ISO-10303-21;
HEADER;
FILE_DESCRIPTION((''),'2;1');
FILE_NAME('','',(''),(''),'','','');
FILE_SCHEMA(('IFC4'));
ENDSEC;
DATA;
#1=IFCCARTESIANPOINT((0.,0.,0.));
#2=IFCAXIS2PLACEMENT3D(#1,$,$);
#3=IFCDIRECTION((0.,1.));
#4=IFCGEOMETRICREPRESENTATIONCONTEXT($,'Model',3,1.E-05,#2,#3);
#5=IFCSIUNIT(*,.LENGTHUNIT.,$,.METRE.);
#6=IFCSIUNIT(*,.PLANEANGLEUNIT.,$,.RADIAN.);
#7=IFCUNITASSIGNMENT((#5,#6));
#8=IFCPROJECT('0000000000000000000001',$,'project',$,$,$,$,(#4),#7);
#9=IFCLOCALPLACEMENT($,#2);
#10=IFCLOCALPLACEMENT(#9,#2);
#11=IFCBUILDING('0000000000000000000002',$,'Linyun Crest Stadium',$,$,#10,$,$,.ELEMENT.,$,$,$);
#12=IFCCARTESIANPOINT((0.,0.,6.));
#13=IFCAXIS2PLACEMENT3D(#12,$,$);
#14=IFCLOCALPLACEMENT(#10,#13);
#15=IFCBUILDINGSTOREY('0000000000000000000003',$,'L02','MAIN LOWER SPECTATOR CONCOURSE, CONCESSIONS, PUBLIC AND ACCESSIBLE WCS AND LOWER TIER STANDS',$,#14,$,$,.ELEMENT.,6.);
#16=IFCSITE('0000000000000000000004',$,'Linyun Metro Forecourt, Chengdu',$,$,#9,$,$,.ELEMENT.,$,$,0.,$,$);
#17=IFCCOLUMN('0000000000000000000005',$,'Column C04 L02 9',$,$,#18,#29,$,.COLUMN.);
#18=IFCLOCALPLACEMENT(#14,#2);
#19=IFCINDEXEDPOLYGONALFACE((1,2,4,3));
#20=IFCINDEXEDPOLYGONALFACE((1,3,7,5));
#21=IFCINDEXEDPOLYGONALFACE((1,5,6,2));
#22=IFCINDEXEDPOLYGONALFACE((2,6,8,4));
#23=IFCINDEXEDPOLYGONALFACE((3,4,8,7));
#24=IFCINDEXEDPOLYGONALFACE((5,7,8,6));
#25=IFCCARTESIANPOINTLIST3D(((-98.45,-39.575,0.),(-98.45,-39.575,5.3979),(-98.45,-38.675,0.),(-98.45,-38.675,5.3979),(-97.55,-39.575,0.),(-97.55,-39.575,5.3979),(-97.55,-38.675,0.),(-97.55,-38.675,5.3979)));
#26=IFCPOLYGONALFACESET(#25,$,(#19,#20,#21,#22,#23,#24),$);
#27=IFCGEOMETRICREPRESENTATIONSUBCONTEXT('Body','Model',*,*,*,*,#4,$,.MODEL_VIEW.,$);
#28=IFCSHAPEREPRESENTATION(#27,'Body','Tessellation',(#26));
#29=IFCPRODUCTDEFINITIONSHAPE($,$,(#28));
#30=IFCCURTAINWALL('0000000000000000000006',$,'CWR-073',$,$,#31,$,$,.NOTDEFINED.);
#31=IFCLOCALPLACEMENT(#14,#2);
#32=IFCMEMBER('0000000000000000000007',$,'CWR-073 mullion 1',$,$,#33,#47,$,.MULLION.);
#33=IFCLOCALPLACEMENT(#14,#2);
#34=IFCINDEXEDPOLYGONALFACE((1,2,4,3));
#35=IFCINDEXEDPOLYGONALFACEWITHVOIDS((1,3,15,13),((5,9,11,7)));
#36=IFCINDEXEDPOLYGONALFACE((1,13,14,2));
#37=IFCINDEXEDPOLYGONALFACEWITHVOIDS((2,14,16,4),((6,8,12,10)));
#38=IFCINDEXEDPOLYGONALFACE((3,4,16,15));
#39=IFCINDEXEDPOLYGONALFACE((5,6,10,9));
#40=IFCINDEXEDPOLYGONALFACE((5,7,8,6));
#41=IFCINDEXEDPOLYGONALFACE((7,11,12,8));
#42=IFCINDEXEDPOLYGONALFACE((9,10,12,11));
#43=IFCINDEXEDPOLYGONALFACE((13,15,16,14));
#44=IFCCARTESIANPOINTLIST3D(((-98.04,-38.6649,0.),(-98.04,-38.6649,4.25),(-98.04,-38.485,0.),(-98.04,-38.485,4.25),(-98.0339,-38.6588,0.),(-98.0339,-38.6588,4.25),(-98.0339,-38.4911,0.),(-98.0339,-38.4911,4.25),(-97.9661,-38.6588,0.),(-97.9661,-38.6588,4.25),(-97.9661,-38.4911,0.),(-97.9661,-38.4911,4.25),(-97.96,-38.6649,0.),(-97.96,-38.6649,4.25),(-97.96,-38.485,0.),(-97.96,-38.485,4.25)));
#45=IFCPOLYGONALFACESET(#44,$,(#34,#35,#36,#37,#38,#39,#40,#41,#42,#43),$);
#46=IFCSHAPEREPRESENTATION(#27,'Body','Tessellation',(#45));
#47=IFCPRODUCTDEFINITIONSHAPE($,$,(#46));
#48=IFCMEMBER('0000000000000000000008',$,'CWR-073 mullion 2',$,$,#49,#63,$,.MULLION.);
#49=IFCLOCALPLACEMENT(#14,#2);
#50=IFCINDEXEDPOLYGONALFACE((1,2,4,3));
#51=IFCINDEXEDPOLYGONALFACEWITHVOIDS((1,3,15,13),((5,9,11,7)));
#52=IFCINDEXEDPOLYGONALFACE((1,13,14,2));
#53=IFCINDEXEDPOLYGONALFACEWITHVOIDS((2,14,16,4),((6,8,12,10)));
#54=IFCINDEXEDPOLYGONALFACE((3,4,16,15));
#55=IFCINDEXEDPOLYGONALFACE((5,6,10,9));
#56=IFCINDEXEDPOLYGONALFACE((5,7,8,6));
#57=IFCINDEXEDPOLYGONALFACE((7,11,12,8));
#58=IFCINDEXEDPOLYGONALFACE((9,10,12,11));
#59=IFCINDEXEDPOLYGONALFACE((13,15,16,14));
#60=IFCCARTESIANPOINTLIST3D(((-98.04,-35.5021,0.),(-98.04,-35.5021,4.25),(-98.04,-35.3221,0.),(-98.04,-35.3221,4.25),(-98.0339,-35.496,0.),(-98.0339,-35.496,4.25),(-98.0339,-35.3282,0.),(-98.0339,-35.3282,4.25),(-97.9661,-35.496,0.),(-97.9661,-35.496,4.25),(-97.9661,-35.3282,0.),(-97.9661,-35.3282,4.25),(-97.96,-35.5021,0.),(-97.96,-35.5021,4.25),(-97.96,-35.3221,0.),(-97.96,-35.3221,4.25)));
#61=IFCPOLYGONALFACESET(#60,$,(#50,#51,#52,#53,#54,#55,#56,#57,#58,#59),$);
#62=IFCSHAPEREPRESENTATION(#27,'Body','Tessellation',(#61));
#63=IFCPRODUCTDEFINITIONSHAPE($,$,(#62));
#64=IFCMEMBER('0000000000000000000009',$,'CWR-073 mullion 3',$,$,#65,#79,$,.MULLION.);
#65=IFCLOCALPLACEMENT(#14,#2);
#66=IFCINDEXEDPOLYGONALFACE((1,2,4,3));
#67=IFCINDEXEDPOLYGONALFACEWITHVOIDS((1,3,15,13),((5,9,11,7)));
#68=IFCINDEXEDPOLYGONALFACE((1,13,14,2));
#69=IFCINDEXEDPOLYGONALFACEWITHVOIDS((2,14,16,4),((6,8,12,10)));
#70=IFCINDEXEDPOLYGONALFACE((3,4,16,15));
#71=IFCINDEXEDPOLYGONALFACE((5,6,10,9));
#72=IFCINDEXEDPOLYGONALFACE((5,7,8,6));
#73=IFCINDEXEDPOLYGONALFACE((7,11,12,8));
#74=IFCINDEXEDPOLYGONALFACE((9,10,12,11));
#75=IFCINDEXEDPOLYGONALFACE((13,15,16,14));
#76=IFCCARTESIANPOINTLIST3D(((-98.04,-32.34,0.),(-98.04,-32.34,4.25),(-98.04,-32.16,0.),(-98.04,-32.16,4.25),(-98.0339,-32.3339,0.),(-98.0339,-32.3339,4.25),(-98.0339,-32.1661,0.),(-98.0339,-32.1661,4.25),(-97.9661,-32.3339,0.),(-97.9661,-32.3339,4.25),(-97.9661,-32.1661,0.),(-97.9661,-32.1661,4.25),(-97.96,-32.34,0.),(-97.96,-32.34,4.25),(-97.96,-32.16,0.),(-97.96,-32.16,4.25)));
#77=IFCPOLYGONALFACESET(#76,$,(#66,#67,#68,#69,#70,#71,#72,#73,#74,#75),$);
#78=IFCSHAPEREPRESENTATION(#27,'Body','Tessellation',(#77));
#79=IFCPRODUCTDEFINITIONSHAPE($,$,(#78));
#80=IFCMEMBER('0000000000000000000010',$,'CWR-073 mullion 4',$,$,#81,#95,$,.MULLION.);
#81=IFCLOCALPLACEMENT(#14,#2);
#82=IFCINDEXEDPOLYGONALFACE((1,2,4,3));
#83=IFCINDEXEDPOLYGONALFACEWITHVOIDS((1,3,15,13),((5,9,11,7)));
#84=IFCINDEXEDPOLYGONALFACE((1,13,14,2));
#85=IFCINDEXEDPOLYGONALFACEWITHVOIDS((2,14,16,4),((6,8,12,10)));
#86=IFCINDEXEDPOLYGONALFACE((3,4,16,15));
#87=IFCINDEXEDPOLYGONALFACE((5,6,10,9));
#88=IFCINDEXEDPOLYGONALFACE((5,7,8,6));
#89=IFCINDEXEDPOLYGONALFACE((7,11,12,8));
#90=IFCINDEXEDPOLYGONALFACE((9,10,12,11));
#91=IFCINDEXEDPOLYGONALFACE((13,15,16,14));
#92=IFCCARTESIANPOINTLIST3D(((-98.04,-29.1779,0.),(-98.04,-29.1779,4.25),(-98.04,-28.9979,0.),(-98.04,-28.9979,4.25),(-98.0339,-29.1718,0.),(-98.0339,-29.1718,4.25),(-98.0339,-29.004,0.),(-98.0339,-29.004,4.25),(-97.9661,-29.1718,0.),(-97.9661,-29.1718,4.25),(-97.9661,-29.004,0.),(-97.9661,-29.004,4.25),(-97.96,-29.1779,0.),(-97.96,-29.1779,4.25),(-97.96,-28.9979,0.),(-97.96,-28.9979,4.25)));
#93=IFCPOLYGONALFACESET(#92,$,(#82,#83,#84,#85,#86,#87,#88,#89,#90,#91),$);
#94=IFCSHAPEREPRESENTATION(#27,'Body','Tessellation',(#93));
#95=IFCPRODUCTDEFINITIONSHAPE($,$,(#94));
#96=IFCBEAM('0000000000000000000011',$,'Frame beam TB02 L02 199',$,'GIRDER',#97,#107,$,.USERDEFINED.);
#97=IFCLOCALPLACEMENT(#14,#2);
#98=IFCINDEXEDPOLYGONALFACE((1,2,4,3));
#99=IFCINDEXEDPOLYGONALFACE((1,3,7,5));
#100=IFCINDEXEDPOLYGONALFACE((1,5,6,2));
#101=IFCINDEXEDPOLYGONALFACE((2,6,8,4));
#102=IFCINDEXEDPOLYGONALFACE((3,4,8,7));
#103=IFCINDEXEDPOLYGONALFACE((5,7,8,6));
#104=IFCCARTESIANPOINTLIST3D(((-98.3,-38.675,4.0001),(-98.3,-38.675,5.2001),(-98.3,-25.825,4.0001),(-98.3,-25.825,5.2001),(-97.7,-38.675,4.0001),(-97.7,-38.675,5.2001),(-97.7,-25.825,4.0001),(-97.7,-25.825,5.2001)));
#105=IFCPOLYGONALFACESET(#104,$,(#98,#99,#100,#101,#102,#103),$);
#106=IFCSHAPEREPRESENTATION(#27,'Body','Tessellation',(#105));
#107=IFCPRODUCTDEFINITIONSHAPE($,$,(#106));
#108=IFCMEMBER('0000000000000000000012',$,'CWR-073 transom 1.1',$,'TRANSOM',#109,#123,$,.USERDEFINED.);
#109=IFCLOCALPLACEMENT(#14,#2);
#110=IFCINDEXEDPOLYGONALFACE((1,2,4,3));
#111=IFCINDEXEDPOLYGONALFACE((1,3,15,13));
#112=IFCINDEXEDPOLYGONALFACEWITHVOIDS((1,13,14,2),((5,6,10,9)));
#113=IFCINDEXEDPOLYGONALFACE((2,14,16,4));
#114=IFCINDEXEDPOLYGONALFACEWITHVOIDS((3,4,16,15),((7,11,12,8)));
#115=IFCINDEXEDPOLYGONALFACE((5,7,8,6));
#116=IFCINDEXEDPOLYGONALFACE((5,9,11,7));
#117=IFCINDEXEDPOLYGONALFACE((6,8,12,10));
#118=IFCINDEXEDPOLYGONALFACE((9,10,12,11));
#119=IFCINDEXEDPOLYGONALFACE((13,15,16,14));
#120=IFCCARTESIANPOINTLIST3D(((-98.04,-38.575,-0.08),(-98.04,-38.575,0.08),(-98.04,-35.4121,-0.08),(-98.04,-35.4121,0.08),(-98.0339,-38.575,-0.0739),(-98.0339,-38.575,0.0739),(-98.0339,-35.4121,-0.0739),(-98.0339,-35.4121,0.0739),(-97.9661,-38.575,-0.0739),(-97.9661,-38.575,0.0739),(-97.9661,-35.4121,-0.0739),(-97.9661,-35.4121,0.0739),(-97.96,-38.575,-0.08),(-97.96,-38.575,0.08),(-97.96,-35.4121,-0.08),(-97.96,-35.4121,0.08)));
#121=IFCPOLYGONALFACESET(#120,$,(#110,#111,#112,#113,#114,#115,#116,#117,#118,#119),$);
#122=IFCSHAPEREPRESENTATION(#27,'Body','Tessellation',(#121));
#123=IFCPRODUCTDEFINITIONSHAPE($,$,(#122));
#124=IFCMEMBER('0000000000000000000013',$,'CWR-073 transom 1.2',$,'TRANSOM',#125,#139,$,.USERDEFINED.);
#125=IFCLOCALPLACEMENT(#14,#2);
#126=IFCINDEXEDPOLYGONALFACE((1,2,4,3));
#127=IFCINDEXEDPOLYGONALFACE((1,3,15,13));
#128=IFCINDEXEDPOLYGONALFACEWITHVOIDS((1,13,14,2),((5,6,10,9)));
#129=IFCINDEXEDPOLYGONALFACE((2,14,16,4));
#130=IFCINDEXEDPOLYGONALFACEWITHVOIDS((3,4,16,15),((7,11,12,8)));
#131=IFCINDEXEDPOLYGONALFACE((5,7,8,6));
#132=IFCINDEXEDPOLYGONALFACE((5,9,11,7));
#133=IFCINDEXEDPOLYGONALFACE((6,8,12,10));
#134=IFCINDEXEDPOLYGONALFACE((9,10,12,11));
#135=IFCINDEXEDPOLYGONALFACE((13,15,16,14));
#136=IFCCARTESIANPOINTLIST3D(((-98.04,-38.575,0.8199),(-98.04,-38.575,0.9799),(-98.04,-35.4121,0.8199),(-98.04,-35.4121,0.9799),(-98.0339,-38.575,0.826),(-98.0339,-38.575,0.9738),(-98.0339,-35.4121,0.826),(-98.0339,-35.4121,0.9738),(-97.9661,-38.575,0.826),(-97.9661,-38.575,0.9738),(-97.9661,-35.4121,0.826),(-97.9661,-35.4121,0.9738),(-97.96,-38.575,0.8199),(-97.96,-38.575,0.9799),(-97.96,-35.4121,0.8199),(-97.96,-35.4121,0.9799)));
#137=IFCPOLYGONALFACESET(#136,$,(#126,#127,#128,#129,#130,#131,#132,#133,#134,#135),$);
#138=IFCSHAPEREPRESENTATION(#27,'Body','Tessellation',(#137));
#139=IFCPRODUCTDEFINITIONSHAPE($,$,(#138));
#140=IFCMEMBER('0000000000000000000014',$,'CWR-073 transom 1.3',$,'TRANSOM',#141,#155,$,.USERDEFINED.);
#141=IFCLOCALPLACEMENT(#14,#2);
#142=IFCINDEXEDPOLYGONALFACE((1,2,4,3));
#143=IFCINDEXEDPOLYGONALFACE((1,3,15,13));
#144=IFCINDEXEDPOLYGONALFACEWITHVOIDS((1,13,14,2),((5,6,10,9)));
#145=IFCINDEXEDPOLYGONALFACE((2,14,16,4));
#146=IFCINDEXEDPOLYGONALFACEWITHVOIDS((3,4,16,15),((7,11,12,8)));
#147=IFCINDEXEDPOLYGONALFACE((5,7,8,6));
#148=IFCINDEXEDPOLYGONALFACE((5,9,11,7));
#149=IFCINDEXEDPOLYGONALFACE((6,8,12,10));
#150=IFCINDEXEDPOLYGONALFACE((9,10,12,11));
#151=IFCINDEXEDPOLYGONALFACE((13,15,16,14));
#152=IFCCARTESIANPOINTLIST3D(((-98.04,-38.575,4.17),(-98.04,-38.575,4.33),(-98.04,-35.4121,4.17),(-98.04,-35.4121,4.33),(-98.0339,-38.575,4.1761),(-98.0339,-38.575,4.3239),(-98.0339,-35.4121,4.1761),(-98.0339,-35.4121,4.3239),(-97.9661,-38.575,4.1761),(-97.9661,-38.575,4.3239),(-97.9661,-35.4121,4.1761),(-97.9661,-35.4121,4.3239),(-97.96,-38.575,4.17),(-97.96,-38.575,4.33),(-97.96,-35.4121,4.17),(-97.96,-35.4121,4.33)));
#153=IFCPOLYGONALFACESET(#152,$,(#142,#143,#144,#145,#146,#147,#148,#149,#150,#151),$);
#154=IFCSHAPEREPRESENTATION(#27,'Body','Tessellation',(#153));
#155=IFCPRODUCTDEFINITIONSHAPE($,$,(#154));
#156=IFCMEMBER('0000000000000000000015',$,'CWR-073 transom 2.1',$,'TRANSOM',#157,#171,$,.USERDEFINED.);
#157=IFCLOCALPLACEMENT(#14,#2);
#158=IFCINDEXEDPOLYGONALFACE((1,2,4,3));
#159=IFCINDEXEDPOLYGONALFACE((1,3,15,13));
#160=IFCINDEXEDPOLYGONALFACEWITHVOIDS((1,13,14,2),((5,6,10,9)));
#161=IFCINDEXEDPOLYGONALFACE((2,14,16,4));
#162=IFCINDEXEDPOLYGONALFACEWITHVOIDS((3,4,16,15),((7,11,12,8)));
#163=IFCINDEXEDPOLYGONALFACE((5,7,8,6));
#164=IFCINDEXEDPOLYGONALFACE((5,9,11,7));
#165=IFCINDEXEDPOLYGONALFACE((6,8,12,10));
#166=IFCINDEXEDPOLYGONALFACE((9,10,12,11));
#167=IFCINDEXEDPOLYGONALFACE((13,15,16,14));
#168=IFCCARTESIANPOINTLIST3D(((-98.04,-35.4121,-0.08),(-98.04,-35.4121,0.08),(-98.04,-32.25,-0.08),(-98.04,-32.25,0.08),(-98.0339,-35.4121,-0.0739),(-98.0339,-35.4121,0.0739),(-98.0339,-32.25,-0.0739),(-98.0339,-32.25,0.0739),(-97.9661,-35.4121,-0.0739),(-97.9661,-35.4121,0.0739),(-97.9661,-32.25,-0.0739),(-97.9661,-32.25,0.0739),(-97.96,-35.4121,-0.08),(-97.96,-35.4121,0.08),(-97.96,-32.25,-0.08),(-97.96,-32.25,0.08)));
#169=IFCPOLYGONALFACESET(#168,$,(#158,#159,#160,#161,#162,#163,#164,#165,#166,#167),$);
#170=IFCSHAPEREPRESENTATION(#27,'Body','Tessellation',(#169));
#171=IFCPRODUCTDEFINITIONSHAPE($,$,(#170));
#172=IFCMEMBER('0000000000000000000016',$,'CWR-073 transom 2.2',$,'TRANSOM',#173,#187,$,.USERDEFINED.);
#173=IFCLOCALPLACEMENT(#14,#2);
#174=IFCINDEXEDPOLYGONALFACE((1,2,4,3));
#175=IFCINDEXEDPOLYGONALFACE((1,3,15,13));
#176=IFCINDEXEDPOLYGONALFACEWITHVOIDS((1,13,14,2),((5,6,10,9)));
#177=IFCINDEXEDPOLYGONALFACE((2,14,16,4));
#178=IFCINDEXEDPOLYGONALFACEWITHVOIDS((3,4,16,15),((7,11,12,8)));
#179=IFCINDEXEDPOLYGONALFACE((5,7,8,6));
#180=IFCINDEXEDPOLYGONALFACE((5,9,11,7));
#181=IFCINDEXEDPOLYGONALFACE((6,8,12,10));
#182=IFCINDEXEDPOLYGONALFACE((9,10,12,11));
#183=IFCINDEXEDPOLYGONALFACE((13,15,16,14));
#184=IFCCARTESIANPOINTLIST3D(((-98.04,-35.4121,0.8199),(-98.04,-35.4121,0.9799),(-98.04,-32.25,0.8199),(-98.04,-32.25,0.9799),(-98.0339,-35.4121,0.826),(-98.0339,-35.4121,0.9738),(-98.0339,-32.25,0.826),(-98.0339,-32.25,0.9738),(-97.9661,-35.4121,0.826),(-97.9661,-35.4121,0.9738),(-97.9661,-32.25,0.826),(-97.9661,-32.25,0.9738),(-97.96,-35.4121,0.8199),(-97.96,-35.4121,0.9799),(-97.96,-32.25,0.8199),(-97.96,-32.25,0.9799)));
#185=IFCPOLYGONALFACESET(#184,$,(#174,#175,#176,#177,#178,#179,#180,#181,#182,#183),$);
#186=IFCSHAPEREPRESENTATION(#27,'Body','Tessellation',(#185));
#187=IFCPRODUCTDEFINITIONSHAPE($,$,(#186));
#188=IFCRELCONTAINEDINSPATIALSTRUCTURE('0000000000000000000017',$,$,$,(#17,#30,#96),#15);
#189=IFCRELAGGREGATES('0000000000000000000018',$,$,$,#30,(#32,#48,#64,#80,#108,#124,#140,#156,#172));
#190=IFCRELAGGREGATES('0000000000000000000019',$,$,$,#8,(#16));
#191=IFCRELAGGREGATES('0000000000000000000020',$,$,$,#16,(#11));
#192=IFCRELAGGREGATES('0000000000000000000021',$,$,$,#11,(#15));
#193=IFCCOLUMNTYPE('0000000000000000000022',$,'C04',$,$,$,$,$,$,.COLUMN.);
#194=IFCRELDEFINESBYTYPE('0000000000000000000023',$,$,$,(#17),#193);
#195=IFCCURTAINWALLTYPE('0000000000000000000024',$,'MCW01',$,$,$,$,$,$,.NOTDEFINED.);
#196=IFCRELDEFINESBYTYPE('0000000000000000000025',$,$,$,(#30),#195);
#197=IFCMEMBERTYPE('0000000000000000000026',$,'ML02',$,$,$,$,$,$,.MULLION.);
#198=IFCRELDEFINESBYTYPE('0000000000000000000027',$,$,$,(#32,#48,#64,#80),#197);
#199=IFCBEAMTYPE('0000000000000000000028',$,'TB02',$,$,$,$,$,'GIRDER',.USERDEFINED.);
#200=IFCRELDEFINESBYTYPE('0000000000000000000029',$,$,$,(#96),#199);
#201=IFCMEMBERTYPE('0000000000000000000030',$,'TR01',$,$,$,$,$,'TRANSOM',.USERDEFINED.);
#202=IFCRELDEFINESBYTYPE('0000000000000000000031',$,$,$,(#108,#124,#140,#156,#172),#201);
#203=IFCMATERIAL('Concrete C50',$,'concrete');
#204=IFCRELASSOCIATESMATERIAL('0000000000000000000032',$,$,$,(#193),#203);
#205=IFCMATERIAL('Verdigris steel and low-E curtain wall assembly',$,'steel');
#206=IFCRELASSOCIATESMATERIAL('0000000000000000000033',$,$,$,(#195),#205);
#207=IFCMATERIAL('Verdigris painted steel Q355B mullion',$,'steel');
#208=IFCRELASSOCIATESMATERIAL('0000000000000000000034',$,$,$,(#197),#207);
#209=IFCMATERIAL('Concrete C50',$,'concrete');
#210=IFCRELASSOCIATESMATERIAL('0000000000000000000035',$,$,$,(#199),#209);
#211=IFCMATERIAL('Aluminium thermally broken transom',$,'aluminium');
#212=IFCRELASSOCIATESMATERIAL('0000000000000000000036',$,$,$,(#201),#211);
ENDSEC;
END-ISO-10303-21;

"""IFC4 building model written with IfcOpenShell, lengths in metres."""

from ifc_helpers import new_model, si_unit, direction, frame, origin, origin_2d, place, context, subcontext, project, spatial, rectangle, hollow_rectangle, extrude, material, material_profile, profile_set, type_object, element, aggregate, save


model = new_model("IFC4")

# Units and contexts
model_context = context("Model", 3, precision=1e-05, world=origin(), true_north=direction((0.0, 1.0)))
body_context = subcontext(model_context, "Body", "Model", "MODEL_VIEW")
ifc_project = project(units=[si_unit("LENGTHUNIT", "METRE"), si_unit("PLANEANGLEUNIT", "RADIAN")], contexts=[model_context])

# Site, building, storey
site_placement = place(None, origin())
site = spatial("IfcSite", under=ifc_project, at=site_placement, Name="Linyun Metro Forecourt, Chengdu", CompositionType="ELEMENT", RefElevation=0.0)
building_placement = place(site_placement, origin())
building = spatial("IfcBuilding", under=site, at=building_placement, Name="Linyun Crest Stadium", CompositionType="ELEMENT")
storey_placement = place(building_placement, frame((0.0, 0.0, 6.0)))
storey = spatial("IfcBuildingStorey", under=building, at=storey_placement, Name="L02", Description="MAIN LOWER SPECTATOR CONCOURSE, CONCESSIONS, PUBLIC AND ACCESSIBLE WCS AND LOWER TIER STANDS", CompositionType="ELEMENT", Elevation=6.0)

# Column
ifc_material_1 = material(Name="Concrete C50", Category="concrete")
ifc_material_profile_1 = material_profile(ifc_material_1, rectangle(XDim=0.8999, YDim=0.8999, at=origin_2d()), Name="RC 900x900")
ifc_profile_set_1 = profile_set([ifc_material_profile_1], Name="Concrete C50")
column_type = type_object("IfcColumnType", Name="C04", PredefinedType="COLUMN", material=ifc_profile_set_1)
column_placement = place(storey_placement, frame((-98.0, -39.125, 0.0), z_axis=(0.0, 0.0, 1.0), x_axis=(1.0, 0.0, 0.0)))
element("IfcColumn", 1, at=column_placement, inside=storey, type_object=column_type, Name="Column C04 L02 9", PredefinedType="COLUMN", context=body_context, shape_type="SweptSolid", body=[
    extrude(rectangle(XDim=0.8999, YDim=0.8999, at=origin_2d()), origin(), (0.0, 0.0, 1.0), 5.3979),
])

# Curtain wall, members
ifc_material_2 = material(Name="Verdigris steel and low-E curtain wall assembly", Category="steel")
curtain_wall_type = type_object("IfcCurtainWallType", Name="MCW01", PredefinedType="NOTDEFINED", material=ifc_material_2)
curtain_wall_placement = place(storey_placement, origin())
curtain_wall = element("IfcCurtainWall", 2, at=curtain_wall_placement, inside=storey, type_object=curtain_wall_type, Name="CWR-073", PredefinedType="NOTDEFINED")
ifc_material_3 = material(Name="Verdigris painted steel Q355B mullion", Category="steel")
ifc_material_profile_2 = material_profile(ifc_material_3, hollow_rectangle(XDim=0.0801, YDim=0.1799, WallThickness=0.0061, at=origin_2d()), Name="RHS 180x80x6")
ifc_profile_set_2 = profile_set([ifc_material_profile_2], Name="Verdigris painted steel Q355B mullion")
member_type_1 = type_object("IfcMemberType", Name="ML02", PredefinedType="MULLION", material=ifc_profile_set_2)
member_1_placement = place(storey_placement, frame((-98.0, -38.575, 0.0), z_axis=(0.0, 0.0, 1.0), x_axis=(-1.0, 0.0, 0.0)))
member_1 = element("IfcMember", 3, at=member_1_placement, type_object=member_type_1, Name="CWR-073 mullion 1", PredefinedType="MULLION", context=body_context, shape_type="SweptSolid", body=[
    extrude(hollow_rectangle(XDim=0.0801, YDim=0.1799, WallThickness=0.0061, at=origin_2d()), origin(), (0.0, 0.0, 1.0), 4.25),
])
member_2_placement = place(storey_placement, frame((-98.0, -35.4121, 0.0), z_axis=(0.0, 0.0, 1.0), x_axis=(-1.0, 0.0, 0.0)))
member_2 = element("IfcMember", 4, at=member_2_placement, type_object=member_type_1, Name="CWR-073 mullion 2", PredefinedType="MULLION", context=body_context, shape_type="SweptSolid", body=[
    extrude(hollow_rectangle(XDim=0.0801, YDim=0.1799, WallThickness=0.0061, at=origin_2d()), origin(), (0.0, 0.0, 1.0), 4.25),
])
member_3_placement = place(storey_placement, frame((-98.0, -32.25, 0.0), z_axis=(0.0, 0.0, 1.0), x_axis=(-1.0, 0.0, 0.0)))
member_3 = element("IfcMember", 5, at=member_3_placement, type_object=member_type_1, Name="CWR-073 mullion 3", PredefinedType="MULLION", context=body_context, shape_type="SweptSolid", body=[
    extrude(hollow_rectangle(XDim=0.0801, YDim=0.1799, WallThickness=0.0061, at=origin_2d()), origin(), (0.0, 0.0, 1.0), 4.25),
])
member_4_placement = place(storey_placement, frame((-98.0, -29.0879, 0.0), z_axis=(0.0, 0.0, 1.0), x_axis=(-1.0, 0.0, 0.0)))
member_4 = element("IfcMember", 6, at=member_4_placement, type_object=member_type_1, Name="CWR-073 mullion 4", PredefinedType="MULLION", context=body_context, shape_type="SweptSolid", body=[
    extrude(hollow_rectangle(XDim=0.0801, YDim=0.1799, WallThickness=0.0061, at=origin_2d()), origin(), (0.0, 0.0, 1.0), 4.25),
])

# Beam
ifc_material_4 = material(Name="Concrete C50", Category="concrete")
ifc_material_profile_3 = material_profile(ifc_material_4, rectangle(XDim=0.6001, YDim=1.2, at=origin_2d()), Name="RCB 1200x600")
ifc_profile_set_3 = profile_set([ifc_material_profile_3], Name="Concrete C50")
beam_type = type_object("IfcBeamType", Name="TB02", ElementType="GIRDER", PredefinedType="USERDEFINED", material=ifc_profile_set_3)
beam_placement = place(storey_placement, frame((-98.0, -38.675, 4.6001), z_axis=(0.0, 1.0, 0.0), x_axis=(-1.0, 0.0, 0.0)))
element("IfcBeam", 7, at=beam_placement, inside=storey, type_object=beam_type, Name="Frame beam TB02 L02 199", ObjectType="GIRDER", PredefinedType="USERDEFINED", context=body_context, shape_type="SweptSolid", body=[
    extrude(rectangle(XDim=0.6001, YDim=1.2, at=origin_2d()), origin(), (0.0, 0.0, 1.0), 12.8501),
])

# Members
ifc_material_5 = material(Name="Aluminium thermally broken transom", Category="aluminium")
ifc_material_profile_4 = material_profile(ifc_material_5, hollow_rectangle(XDim=0.0801, YDim=0.1599, WallThickness=0.0061, at=origin_2d()), Name="RHS 160x80x6")
ifc_profile_set_4 = profile_set([ifc_material_profile_4], Name="Aluminium thermally broken transom")
member_type_2 = type_object("IfcMemberType", Name="TR01", ElementType="TRANSOM", PredefinedType="USERDEFINED", material=ifc_profile_set_4)
member_5_placement = place(storey_placement, frame((-98.0, -38.575, 0.0), z_axis=(0.0, 1.0, 0.0), x_axis=(-1.0, 0.0, 0.0)))
member_5 = element("IfcMember", 8, at=member_5_placement, type_object=member_type_2, Name="CWR-073 transom 1.1", ObjectType="TRANSOM", PredefinedType="USERDEFINED", context=body_context, shape_type="SweptSolid", body=[
    extrude(hollow_rectangle(XDim=0.0801, YDim=0.1599, WallThickness=0.0061, at=origin_2d()), origin(), (0.0, 0.0, 1.0), 3.1628),
])
member_6_placement = place(storey_placement, frame((-98.0, -38.575, 0.8999), z_axis=(0.0, 1.0, 0.0), x_axis=(-1.0, 0.0, 0.0)))
member_6 = element("IfcMember", 9, at=member_6_placement, type_object=member_type_2, Name="CWR-073 transom 1.2", ObjectType="TRANSOM", PredefinedType="USERDEFINED", context=body_context, shape_type="SweptSolid", body=[
    extrude(hollow_rectangle(XDim=0.0801, YDim=0.1599, WallThickness=0.0061, at=origin_2d()), origin(), (0.0, 0.0, 1.0), 3.1628),
])
member_7_placement = place(storey_placement, frame((-98.0, -38.575, 4.25), z_axis=(0.0, 1.0, 0.0), x_axis=(-1.0, 0.0, 0.0)))
member_7 = element("IfcMember", 10, at=member_7_placement, type_object=member_type_2, Name="CWR-073 transom 1.3", ObjectType="TRANSOM", PredefinedType="USERDEFINED", context=body_context, shape_type="SweptSolid", body=[
    extrude(hollow_rectangle(XDim=0.0801, YDim=0.1599, WallThickness=0.0061, at=origin_2d()), origin(), (0.0, 0.0, 1.0), 3.1628),
])
member_8_placement = place(storey_placement, frame((-98.0, -35.4121, 0.0), z_axis=(0.0, 1.0, 0.0), x_axis=(-1.0, 0.0, 0.0)))
member_8 = element("IfcMember", 11, at=member_8_placement, type_object=member_type_2, Name="CWR-073 transom 2.1", ObjectType="TRANSOM", PredefinedType="USERDEFINED", context=body_context, shape_type="SweptSolid", body=[
    extrude(hollow_rectangle(XDim=0.0801, YDim=0.1599, WallThickness=0.0061, at=origin_2d()), origin(), (0.0, 0.0, 1.0), 3.1621),
])
member_9_placement = place(storey_placement, frame((-98.0, -35.4121, 0.8999), z_axis=(0.0, 1.0, 0.0), x_axis=(-1.0, 0.0, 0.0)))
member_9 = element("IfcMember", 12, at=member_9_placement, type_object=member_type_2, Name="CWR-073 transom 2.2", ObjectType="TRANSOM", PredefinedType="USERDEFINED", context=body_context, shape_type="SweptSolid", body=[
    extrude(hollow_rectangle(XDim=0.0801, YDim=0.1599, WallThickness=0.0061, at=origin_2d()), origin(), (0.0, 0.0, 1.0), 3.1621),
])

aggregate(curtain_wall, [member_1, member_2, member_3, member_4, member_5, member_6, member_7, member_8, member_9])

save(model, "model.ifc")
